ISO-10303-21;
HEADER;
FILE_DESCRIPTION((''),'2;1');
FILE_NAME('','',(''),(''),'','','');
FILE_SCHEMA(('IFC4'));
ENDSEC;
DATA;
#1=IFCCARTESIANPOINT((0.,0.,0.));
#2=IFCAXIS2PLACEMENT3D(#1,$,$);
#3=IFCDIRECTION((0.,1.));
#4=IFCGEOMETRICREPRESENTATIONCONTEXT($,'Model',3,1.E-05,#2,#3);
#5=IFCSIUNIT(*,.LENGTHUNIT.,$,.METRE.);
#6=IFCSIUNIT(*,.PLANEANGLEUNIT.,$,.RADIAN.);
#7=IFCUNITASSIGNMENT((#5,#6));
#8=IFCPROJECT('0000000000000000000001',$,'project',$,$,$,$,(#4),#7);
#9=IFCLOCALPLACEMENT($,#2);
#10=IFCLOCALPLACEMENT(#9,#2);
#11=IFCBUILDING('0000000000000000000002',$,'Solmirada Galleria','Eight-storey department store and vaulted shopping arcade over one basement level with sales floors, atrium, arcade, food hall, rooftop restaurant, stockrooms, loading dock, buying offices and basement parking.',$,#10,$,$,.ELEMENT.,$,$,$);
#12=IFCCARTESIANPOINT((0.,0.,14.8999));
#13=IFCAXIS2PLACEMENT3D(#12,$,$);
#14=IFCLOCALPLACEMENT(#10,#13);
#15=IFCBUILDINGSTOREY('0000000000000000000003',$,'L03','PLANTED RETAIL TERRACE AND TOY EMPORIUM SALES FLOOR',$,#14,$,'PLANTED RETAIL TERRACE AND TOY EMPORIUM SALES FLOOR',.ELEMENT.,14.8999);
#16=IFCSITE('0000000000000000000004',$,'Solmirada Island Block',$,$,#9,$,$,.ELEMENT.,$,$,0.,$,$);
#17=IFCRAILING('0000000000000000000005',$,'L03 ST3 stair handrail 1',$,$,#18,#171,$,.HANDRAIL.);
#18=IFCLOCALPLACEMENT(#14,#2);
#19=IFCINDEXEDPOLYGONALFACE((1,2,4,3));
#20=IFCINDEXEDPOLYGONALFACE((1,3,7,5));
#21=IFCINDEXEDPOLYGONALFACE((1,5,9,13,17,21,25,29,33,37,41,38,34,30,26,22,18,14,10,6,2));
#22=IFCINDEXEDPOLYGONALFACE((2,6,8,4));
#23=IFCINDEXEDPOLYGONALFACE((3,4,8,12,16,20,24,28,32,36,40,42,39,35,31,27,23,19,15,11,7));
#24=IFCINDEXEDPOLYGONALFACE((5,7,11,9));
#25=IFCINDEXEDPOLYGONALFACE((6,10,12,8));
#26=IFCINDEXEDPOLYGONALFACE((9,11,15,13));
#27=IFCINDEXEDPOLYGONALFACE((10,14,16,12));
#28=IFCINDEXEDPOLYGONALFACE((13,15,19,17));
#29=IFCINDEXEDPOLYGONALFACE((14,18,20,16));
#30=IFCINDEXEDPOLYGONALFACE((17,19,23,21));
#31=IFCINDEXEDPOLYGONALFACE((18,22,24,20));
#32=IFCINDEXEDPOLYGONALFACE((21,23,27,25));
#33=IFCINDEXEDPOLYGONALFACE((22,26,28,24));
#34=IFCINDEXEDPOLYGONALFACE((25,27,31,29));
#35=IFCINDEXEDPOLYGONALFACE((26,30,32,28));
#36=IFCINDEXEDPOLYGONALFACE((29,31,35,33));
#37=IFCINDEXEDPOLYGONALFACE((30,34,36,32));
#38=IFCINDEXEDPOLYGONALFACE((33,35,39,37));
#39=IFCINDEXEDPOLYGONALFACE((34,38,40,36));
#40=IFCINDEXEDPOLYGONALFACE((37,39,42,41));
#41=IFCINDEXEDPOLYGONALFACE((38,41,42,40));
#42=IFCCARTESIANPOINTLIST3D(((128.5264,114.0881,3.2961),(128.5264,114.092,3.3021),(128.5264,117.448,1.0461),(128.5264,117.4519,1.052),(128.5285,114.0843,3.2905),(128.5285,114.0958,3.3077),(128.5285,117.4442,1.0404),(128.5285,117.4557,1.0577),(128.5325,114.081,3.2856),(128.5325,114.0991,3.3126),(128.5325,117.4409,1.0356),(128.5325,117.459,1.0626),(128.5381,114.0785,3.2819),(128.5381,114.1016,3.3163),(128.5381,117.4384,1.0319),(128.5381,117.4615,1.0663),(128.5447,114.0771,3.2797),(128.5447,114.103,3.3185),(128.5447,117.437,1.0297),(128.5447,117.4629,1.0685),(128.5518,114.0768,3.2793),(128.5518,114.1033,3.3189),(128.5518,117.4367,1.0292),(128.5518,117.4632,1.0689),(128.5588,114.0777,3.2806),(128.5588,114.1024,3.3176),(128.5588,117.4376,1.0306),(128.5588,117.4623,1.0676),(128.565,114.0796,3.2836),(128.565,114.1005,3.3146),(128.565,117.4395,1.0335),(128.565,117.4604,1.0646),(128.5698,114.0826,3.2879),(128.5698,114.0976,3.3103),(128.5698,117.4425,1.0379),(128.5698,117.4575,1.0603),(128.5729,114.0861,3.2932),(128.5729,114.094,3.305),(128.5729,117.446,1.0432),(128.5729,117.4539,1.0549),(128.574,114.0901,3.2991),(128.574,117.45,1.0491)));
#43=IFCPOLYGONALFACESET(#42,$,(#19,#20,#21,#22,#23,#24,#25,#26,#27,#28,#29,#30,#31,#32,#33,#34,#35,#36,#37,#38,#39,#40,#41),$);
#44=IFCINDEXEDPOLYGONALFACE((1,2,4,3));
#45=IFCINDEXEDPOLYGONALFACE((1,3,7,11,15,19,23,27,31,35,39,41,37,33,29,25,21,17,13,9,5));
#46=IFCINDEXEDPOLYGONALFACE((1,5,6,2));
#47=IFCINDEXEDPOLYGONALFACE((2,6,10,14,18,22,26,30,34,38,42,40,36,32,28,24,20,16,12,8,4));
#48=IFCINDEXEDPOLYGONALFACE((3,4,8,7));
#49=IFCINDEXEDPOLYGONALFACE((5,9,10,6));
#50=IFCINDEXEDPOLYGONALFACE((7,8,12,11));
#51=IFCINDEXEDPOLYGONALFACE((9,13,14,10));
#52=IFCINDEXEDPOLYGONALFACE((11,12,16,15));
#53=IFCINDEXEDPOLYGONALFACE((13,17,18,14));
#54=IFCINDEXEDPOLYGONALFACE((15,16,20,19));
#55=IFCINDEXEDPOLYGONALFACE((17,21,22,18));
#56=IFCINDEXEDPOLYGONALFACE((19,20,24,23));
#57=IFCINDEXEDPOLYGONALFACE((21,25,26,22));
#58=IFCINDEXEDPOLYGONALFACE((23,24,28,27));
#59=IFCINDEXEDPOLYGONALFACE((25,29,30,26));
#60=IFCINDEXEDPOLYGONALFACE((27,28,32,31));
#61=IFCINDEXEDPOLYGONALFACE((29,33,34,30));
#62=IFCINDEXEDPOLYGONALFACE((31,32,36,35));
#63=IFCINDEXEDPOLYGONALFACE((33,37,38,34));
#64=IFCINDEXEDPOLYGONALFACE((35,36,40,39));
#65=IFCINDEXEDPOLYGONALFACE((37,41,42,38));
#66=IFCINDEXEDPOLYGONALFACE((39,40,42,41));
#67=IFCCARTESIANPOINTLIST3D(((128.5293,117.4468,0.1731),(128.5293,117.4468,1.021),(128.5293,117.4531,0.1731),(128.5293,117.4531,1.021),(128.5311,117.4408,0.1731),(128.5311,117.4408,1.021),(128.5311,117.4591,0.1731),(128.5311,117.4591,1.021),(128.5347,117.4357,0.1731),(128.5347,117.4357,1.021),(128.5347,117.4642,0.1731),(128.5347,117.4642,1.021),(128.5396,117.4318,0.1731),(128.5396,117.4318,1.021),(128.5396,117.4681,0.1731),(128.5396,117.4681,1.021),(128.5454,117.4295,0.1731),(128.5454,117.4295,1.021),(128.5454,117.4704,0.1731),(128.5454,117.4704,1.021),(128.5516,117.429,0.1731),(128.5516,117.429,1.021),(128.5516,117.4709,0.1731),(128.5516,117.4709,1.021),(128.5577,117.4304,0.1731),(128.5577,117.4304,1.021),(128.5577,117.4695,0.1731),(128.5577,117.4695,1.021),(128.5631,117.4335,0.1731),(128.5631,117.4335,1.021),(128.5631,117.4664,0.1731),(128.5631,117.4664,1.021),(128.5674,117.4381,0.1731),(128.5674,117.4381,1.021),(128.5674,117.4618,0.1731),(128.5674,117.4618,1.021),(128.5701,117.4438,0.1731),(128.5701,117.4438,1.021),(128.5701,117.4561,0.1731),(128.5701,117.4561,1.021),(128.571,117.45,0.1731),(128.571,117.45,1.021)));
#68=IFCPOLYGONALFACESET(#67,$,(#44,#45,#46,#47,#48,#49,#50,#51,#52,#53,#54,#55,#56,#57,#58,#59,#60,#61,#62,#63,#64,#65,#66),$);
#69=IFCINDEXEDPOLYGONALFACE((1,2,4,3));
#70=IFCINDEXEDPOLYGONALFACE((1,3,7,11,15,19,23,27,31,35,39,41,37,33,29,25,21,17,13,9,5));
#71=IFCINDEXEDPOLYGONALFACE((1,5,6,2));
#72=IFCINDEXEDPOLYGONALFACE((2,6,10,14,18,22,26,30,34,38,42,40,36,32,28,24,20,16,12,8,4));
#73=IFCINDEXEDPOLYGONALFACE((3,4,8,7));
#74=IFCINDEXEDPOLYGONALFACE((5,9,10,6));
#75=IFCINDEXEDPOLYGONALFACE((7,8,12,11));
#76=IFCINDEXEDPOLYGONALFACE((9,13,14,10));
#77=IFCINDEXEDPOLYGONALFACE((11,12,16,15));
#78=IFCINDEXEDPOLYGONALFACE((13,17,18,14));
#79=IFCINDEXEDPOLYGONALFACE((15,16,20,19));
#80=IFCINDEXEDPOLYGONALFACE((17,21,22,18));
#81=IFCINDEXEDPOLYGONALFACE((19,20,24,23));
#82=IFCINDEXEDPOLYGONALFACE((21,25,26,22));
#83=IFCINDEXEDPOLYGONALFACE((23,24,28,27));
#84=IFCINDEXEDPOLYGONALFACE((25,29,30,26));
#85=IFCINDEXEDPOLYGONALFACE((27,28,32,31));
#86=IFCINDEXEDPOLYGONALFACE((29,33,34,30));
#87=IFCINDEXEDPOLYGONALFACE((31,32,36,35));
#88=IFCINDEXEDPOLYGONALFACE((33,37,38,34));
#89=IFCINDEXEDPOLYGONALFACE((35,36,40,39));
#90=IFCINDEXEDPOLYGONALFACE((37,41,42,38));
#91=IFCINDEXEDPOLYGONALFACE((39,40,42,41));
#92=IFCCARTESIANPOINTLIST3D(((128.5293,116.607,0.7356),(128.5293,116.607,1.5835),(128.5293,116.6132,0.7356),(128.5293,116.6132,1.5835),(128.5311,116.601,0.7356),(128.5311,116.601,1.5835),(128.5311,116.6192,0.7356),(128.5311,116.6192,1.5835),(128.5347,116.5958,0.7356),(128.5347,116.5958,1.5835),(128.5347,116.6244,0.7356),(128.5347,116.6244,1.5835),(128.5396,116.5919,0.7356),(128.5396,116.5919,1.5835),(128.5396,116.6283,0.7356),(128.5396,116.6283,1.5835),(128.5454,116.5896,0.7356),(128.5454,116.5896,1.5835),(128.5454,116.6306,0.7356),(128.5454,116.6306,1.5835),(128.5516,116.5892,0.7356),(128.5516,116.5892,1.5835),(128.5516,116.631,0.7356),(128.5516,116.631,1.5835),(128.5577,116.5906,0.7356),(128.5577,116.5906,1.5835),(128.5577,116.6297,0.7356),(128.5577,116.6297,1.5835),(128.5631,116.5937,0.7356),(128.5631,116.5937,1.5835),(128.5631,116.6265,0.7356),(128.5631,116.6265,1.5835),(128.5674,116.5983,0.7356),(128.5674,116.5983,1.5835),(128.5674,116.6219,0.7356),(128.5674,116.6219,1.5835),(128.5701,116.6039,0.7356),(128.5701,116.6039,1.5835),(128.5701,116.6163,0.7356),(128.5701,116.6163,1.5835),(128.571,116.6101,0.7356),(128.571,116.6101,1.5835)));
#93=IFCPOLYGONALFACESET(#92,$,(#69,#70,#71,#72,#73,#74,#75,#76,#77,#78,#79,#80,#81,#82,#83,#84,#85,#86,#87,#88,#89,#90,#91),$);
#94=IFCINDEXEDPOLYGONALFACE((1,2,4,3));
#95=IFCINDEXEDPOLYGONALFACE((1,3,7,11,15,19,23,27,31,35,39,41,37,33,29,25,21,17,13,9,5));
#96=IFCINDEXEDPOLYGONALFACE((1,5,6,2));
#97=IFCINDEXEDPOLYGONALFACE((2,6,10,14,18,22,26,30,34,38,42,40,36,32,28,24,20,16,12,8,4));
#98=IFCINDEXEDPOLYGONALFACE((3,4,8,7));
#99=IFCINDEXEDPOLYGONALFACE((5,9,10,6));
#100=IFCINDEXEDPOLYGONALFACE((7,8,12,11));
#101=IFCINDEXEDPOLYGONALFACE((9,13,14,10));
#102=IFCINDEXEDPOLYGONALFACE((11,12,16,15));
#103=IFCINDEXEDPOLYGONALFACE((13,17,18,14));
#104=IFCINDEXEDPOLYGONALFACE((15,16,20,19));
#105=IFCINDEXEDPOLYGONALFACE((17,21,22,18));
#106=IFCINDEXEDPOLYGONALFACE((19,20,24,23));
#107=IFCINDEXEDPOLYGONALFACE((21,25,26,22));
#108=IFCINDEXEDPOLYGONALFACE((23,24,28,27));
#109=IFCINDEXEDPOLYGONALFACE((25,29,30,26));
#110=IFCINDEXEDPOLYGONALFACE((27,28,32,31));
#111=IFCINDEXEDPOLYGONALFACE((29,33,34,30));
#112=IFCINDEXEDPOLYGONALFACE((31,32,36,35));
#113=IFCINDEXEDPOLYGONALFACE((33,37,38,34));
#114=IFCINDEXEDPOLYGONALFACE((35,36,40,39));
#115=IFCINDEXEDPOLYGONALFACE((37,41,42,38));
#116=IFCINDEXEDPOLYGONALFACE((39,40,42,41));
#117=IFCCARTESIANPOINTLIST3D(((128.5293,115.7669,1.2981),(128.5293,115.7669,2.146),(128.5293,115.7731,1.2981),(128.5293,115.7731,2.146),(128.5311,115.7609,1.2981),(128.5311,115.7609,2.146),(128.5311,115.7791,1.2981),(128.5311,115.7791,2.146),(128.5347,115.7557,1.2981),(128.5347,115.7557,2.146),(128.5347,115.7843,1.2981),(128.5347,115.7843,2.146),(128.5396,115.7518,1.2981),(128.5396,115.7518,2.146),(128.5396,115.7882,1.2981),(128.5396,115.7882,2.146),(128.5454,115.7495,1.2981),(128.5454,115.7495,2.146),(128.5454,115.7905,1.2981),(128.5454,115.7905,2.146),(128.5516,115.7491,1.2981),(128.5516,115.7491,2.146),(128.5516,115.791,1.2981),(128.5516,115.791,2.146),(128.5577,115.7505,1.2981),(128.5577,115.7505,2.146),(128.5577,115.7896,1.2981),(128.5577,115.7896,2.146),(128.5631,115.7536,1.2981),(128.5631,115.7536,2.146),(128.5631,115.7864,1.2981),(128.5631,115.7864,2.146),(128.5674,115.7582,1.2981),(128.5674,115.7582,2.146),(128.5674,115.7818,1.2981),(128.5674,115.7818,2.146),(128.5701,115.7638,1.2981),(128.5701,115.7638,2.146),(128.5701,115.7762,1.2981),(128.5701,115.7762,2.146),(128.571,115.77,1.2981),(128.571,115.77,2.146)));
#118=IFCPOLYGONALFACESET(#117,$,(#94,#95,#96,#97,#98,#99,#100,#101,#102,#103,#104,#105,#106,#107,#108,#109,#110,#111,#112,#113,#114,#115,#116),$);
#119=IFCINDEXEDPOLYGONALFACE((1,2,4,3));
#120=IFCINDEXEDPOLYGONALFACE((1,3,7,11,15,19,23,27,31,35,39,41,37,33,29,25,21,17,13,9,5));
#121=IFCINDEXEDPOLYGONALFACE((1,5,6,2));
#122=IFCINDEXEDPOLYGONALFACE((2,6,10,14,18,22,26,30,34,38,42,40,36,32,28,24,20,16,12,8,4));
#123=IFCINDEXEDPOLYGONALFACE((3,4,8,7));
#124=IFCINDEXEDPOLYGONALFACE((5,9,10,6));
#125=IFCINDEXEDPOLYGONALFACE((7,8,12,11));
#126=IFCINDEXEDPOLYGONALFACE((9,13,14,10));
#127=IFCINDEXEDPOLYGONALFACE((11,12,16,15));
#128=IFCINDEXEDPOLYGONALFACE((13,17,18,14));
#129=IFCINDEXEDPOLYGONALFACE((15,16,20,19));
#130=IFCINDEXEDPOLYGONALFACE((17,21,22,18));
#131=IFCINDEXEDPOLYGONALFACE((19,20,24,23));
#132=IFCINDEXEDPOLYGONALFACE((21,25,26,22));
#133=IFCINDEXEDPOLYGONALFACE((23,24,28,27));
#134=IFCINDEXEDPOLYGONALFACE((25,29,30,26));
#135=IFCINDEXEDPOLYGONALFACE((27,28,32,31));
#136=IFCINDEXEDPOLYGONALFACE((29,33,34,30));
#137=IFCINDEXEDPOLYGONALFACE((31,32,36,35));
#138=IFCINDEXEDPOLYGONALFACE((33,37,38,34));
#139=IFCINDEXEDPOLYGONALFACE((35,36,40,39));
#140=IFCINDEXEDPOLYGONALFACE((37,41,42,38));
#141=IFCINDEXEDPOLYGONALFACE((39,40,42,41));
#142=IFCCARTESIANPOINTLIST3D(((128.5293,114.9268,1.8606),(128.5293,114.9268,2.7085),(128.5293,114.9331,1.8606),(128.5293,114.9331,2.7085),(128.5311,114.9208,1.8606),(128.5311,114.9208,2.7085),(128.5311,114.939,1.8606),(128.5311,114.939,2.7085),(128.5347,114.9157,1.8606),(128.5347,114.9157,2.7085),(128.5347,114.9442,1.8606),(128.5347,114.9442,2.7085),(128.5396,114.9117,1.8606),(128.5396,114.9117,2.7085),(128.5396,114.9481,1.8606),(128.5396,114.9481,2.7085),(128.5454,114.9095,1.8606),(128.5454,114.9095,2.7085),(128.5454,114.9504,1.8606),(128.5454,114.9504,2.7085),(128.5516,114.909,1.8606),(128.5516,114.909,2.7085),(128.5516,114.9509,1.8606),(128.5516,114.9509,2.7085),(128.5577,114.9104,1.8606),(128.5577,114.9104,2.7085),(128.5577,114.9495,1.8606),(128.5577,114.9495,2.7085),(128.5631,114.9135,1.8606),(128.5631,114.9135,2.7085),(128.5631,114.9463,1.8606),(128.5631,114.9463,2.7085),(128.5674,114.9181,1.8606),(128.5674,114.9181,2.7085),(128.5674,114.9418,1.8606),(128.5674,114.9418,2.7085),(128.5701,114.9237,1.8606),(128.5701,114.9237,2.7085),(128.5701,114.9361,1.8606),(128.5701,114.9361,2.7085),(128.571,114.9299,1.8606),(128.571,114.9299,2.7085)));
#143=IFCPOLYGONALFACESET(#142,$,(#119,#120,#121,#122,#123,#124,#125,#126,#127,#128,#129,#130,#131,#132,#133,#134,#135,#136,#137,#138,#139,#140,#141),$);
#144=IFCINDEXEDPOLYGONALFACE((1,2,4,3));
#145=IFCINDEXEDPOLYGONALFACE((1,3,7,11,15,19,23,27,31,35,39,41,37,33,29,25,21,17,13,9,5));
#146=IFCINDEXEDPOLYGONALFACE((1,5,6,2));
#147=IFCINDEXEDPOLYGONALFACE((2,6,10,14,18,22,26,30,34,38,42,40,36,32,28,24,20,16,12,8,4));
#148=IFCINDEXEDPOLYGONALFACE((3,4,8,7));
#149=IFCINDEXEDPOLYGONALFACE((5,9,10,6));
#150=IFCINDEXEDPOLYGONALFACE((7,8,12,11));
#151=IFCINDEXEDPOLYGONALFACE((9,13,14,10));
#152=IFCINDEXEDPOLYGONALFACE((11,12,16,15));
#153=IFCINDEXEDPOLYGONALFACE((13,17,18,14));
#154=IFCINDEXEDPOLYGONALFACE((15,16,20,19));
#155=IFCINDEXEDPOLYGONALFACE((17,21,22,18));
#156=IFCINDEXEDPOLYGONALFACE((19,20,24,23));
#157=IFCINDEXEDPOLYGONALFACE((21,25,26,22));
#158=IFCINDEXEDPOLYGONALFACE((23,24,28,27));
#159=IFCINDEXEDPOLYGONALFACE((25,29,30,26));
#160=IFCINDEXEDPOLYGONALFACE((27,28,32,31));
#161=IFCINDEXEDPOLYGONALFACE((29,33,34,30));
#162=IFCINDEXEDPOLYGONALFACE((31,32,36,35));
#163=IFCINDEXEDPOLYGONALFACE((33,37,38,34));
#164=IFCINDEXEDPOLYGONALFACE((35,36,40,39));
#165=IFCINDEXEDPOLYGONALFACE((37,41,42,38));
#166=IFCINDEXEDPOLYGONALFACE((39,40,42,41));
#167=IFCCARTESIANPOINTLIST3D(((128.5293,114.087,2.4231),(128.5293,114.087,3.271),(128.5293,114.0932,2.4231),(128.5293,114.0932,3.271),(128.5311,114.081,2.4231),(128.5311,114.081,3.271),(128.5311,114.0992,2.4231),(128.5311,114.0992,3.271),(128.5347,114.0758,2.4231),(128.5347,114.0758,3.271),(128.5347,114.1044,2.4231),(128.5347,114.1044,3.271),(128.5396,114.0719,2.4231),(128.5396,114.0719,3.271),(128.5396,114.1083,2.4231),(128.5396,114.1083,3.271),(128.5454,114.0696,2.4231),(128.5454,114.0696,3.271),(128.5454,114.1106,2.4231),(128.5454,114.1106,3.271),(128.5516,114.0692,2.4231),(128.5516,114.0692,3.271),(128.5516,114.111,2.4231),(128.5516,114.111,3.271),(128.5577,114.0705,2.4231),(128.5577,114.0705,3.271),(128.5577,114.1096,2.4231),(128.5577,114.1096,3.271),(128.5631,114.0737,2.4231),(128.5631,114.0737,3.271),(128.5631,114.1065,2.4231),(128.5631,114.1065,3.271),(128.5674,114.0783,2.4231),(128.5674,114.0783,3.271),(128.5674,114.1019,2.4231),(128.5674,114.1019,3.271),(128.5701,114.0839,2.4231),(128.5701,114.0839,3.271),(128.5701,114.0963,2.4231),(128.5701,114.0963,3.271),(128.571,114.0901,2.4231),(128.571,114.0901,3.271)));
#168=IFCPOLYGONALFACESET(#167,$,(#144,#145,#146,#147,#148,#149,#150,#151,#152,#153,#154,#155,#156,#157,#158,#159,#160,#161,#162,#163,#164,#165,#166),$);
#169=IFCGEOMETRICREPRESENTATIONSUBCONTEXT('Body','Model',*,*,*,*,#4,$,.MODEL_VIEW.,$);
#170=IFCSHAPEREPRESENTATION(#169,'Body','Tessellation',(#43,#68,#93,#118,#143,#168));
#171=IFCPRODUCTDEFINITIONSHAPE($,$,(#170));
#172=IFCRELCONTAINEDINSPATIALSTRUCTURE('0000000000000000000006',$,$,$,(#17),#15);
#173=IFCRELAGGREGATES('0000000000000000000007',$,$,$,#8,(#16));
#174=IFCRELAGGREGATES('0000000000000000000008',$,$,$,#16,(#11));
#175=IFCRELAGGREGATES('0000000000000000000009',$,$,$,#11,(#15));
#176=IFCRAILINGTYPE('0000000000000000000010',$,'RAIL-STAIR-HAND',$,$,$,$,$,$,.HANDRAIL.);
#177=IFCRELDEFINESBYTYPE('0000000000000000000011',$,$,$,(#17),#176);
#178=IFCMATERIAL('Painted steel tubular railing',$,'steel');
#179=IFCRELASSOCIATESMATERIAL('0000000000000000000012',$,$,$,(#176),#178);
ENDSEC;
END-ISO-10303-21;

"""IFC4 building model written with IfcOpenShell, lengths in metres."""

from ifc_helpers import new_model, si_unit, direction, frame, origin, origin_2d, place, context, subcontext, project, spatial, circle, extrude, material, type_object, element, save


model = new_model("IFC4")

# Units and contexts
model_context = context("Model", 3, precision=1e-05, world=origin(), true_north=direction((0.0, 1.0)))
body_context = subcontext(model_context, "Body", "Model", "MODEL_VIEW")
ifc_project = project(units=[si_unit("LENGTHUNIT", "METRE"), si_unit("PLANEANGLEUNIT", "RADIAN")], contexts=[model_context])

# Site, building, storey
site_placement = place(None, origin())
site = spatial("IfcSite", under=ifc_project, at=site_placement, Name="Solmirada Island Block", CompositionType="ELEMENT", RefElevation=0.0)
building_placement = place(site_placement, origin())
building = spatial("IfcBuilding", under=site, at=building_placement, Name="Solmirada Galleria", Description="Eight-storey department store and vaulted shopping arcade over one basement level with sales floors, atrium, arcade, food hall, rooftop restaurant, stockrooms, loading dock, buying offices and basement parking.", CompositionType="ELEMENT")
storey_placement = place(building_placement, frame((0.0, 0.0, 14.8999)))
storey = spatial("IfcBuildingStorey", under=building, at=storey_placement, Name="L03", Description="PLANTED RETAIL TERRACE AND TOY EMPORIUM SALES FLOOR", LongName="PLANTED RETAIL TERRACE AND TOY EMPORIUM SALES FLOOR", CompositionType="ELEMENT", Elevation=14.8999)

# Railing
ifc_material_1 = material(Name="Painted steel tubular railing", Category="steel")
railing_type_1 = type_object("IfcRailingType", Name="RAIL-STAIR-HAND", PredefinedType="HANDRAIL", material=ifc_material_1)
railing_1_placement = place(storey_placement, frame((128.55, 117.45, 0.1731)))
element("IfcRailing", 1, at=railing_1_placement, inside=storey, type_object=railing_type_1, Name="L03 ST3 stair handrail 1", PredefinedType="HANDRAIL", context=body_context, shape_type="SweptSolid", body=[
    extrude(circle(Radius=0.0239, at=origin_2d()), frame((0.0, 0.0, 0.876), z_axis=(0.0, -0.830897, 0.556427), x_axis=(1.0, 0.0, 0.0)), (0.0, 0.0, 1.0), 4.0437),
    extrude(circle(Radius=0.021, at=origin_2d()), origin(), (0.0, 0.0, 1.0), 0.8479),
    extrude(circle(Radius=0.021, at=origin_2d()), frame((0.0, -0.8398, 0.5625)), (0.0, 0.0, 1.0), 0.8479),
    extrude(circle(Radius=0.021, at=origin_2d()), frame((0.0, -1.6799, 1.125)), (0.0, 0.0, 1.0), 0.8479),
    extrude(circle(Radius=0.021, at=origin_2d()), frame((0.0, -2.52, 1.6875)), (0.0, 0.0, 1.0), 0.8479),
    extrude(circle(Radius=0.021, at=origin_2d()), frame((0.0, -3.3599, 2.25)), (0.0, 0.0, 1.0), 0.8479),
])

save(model, "model.ifc")
